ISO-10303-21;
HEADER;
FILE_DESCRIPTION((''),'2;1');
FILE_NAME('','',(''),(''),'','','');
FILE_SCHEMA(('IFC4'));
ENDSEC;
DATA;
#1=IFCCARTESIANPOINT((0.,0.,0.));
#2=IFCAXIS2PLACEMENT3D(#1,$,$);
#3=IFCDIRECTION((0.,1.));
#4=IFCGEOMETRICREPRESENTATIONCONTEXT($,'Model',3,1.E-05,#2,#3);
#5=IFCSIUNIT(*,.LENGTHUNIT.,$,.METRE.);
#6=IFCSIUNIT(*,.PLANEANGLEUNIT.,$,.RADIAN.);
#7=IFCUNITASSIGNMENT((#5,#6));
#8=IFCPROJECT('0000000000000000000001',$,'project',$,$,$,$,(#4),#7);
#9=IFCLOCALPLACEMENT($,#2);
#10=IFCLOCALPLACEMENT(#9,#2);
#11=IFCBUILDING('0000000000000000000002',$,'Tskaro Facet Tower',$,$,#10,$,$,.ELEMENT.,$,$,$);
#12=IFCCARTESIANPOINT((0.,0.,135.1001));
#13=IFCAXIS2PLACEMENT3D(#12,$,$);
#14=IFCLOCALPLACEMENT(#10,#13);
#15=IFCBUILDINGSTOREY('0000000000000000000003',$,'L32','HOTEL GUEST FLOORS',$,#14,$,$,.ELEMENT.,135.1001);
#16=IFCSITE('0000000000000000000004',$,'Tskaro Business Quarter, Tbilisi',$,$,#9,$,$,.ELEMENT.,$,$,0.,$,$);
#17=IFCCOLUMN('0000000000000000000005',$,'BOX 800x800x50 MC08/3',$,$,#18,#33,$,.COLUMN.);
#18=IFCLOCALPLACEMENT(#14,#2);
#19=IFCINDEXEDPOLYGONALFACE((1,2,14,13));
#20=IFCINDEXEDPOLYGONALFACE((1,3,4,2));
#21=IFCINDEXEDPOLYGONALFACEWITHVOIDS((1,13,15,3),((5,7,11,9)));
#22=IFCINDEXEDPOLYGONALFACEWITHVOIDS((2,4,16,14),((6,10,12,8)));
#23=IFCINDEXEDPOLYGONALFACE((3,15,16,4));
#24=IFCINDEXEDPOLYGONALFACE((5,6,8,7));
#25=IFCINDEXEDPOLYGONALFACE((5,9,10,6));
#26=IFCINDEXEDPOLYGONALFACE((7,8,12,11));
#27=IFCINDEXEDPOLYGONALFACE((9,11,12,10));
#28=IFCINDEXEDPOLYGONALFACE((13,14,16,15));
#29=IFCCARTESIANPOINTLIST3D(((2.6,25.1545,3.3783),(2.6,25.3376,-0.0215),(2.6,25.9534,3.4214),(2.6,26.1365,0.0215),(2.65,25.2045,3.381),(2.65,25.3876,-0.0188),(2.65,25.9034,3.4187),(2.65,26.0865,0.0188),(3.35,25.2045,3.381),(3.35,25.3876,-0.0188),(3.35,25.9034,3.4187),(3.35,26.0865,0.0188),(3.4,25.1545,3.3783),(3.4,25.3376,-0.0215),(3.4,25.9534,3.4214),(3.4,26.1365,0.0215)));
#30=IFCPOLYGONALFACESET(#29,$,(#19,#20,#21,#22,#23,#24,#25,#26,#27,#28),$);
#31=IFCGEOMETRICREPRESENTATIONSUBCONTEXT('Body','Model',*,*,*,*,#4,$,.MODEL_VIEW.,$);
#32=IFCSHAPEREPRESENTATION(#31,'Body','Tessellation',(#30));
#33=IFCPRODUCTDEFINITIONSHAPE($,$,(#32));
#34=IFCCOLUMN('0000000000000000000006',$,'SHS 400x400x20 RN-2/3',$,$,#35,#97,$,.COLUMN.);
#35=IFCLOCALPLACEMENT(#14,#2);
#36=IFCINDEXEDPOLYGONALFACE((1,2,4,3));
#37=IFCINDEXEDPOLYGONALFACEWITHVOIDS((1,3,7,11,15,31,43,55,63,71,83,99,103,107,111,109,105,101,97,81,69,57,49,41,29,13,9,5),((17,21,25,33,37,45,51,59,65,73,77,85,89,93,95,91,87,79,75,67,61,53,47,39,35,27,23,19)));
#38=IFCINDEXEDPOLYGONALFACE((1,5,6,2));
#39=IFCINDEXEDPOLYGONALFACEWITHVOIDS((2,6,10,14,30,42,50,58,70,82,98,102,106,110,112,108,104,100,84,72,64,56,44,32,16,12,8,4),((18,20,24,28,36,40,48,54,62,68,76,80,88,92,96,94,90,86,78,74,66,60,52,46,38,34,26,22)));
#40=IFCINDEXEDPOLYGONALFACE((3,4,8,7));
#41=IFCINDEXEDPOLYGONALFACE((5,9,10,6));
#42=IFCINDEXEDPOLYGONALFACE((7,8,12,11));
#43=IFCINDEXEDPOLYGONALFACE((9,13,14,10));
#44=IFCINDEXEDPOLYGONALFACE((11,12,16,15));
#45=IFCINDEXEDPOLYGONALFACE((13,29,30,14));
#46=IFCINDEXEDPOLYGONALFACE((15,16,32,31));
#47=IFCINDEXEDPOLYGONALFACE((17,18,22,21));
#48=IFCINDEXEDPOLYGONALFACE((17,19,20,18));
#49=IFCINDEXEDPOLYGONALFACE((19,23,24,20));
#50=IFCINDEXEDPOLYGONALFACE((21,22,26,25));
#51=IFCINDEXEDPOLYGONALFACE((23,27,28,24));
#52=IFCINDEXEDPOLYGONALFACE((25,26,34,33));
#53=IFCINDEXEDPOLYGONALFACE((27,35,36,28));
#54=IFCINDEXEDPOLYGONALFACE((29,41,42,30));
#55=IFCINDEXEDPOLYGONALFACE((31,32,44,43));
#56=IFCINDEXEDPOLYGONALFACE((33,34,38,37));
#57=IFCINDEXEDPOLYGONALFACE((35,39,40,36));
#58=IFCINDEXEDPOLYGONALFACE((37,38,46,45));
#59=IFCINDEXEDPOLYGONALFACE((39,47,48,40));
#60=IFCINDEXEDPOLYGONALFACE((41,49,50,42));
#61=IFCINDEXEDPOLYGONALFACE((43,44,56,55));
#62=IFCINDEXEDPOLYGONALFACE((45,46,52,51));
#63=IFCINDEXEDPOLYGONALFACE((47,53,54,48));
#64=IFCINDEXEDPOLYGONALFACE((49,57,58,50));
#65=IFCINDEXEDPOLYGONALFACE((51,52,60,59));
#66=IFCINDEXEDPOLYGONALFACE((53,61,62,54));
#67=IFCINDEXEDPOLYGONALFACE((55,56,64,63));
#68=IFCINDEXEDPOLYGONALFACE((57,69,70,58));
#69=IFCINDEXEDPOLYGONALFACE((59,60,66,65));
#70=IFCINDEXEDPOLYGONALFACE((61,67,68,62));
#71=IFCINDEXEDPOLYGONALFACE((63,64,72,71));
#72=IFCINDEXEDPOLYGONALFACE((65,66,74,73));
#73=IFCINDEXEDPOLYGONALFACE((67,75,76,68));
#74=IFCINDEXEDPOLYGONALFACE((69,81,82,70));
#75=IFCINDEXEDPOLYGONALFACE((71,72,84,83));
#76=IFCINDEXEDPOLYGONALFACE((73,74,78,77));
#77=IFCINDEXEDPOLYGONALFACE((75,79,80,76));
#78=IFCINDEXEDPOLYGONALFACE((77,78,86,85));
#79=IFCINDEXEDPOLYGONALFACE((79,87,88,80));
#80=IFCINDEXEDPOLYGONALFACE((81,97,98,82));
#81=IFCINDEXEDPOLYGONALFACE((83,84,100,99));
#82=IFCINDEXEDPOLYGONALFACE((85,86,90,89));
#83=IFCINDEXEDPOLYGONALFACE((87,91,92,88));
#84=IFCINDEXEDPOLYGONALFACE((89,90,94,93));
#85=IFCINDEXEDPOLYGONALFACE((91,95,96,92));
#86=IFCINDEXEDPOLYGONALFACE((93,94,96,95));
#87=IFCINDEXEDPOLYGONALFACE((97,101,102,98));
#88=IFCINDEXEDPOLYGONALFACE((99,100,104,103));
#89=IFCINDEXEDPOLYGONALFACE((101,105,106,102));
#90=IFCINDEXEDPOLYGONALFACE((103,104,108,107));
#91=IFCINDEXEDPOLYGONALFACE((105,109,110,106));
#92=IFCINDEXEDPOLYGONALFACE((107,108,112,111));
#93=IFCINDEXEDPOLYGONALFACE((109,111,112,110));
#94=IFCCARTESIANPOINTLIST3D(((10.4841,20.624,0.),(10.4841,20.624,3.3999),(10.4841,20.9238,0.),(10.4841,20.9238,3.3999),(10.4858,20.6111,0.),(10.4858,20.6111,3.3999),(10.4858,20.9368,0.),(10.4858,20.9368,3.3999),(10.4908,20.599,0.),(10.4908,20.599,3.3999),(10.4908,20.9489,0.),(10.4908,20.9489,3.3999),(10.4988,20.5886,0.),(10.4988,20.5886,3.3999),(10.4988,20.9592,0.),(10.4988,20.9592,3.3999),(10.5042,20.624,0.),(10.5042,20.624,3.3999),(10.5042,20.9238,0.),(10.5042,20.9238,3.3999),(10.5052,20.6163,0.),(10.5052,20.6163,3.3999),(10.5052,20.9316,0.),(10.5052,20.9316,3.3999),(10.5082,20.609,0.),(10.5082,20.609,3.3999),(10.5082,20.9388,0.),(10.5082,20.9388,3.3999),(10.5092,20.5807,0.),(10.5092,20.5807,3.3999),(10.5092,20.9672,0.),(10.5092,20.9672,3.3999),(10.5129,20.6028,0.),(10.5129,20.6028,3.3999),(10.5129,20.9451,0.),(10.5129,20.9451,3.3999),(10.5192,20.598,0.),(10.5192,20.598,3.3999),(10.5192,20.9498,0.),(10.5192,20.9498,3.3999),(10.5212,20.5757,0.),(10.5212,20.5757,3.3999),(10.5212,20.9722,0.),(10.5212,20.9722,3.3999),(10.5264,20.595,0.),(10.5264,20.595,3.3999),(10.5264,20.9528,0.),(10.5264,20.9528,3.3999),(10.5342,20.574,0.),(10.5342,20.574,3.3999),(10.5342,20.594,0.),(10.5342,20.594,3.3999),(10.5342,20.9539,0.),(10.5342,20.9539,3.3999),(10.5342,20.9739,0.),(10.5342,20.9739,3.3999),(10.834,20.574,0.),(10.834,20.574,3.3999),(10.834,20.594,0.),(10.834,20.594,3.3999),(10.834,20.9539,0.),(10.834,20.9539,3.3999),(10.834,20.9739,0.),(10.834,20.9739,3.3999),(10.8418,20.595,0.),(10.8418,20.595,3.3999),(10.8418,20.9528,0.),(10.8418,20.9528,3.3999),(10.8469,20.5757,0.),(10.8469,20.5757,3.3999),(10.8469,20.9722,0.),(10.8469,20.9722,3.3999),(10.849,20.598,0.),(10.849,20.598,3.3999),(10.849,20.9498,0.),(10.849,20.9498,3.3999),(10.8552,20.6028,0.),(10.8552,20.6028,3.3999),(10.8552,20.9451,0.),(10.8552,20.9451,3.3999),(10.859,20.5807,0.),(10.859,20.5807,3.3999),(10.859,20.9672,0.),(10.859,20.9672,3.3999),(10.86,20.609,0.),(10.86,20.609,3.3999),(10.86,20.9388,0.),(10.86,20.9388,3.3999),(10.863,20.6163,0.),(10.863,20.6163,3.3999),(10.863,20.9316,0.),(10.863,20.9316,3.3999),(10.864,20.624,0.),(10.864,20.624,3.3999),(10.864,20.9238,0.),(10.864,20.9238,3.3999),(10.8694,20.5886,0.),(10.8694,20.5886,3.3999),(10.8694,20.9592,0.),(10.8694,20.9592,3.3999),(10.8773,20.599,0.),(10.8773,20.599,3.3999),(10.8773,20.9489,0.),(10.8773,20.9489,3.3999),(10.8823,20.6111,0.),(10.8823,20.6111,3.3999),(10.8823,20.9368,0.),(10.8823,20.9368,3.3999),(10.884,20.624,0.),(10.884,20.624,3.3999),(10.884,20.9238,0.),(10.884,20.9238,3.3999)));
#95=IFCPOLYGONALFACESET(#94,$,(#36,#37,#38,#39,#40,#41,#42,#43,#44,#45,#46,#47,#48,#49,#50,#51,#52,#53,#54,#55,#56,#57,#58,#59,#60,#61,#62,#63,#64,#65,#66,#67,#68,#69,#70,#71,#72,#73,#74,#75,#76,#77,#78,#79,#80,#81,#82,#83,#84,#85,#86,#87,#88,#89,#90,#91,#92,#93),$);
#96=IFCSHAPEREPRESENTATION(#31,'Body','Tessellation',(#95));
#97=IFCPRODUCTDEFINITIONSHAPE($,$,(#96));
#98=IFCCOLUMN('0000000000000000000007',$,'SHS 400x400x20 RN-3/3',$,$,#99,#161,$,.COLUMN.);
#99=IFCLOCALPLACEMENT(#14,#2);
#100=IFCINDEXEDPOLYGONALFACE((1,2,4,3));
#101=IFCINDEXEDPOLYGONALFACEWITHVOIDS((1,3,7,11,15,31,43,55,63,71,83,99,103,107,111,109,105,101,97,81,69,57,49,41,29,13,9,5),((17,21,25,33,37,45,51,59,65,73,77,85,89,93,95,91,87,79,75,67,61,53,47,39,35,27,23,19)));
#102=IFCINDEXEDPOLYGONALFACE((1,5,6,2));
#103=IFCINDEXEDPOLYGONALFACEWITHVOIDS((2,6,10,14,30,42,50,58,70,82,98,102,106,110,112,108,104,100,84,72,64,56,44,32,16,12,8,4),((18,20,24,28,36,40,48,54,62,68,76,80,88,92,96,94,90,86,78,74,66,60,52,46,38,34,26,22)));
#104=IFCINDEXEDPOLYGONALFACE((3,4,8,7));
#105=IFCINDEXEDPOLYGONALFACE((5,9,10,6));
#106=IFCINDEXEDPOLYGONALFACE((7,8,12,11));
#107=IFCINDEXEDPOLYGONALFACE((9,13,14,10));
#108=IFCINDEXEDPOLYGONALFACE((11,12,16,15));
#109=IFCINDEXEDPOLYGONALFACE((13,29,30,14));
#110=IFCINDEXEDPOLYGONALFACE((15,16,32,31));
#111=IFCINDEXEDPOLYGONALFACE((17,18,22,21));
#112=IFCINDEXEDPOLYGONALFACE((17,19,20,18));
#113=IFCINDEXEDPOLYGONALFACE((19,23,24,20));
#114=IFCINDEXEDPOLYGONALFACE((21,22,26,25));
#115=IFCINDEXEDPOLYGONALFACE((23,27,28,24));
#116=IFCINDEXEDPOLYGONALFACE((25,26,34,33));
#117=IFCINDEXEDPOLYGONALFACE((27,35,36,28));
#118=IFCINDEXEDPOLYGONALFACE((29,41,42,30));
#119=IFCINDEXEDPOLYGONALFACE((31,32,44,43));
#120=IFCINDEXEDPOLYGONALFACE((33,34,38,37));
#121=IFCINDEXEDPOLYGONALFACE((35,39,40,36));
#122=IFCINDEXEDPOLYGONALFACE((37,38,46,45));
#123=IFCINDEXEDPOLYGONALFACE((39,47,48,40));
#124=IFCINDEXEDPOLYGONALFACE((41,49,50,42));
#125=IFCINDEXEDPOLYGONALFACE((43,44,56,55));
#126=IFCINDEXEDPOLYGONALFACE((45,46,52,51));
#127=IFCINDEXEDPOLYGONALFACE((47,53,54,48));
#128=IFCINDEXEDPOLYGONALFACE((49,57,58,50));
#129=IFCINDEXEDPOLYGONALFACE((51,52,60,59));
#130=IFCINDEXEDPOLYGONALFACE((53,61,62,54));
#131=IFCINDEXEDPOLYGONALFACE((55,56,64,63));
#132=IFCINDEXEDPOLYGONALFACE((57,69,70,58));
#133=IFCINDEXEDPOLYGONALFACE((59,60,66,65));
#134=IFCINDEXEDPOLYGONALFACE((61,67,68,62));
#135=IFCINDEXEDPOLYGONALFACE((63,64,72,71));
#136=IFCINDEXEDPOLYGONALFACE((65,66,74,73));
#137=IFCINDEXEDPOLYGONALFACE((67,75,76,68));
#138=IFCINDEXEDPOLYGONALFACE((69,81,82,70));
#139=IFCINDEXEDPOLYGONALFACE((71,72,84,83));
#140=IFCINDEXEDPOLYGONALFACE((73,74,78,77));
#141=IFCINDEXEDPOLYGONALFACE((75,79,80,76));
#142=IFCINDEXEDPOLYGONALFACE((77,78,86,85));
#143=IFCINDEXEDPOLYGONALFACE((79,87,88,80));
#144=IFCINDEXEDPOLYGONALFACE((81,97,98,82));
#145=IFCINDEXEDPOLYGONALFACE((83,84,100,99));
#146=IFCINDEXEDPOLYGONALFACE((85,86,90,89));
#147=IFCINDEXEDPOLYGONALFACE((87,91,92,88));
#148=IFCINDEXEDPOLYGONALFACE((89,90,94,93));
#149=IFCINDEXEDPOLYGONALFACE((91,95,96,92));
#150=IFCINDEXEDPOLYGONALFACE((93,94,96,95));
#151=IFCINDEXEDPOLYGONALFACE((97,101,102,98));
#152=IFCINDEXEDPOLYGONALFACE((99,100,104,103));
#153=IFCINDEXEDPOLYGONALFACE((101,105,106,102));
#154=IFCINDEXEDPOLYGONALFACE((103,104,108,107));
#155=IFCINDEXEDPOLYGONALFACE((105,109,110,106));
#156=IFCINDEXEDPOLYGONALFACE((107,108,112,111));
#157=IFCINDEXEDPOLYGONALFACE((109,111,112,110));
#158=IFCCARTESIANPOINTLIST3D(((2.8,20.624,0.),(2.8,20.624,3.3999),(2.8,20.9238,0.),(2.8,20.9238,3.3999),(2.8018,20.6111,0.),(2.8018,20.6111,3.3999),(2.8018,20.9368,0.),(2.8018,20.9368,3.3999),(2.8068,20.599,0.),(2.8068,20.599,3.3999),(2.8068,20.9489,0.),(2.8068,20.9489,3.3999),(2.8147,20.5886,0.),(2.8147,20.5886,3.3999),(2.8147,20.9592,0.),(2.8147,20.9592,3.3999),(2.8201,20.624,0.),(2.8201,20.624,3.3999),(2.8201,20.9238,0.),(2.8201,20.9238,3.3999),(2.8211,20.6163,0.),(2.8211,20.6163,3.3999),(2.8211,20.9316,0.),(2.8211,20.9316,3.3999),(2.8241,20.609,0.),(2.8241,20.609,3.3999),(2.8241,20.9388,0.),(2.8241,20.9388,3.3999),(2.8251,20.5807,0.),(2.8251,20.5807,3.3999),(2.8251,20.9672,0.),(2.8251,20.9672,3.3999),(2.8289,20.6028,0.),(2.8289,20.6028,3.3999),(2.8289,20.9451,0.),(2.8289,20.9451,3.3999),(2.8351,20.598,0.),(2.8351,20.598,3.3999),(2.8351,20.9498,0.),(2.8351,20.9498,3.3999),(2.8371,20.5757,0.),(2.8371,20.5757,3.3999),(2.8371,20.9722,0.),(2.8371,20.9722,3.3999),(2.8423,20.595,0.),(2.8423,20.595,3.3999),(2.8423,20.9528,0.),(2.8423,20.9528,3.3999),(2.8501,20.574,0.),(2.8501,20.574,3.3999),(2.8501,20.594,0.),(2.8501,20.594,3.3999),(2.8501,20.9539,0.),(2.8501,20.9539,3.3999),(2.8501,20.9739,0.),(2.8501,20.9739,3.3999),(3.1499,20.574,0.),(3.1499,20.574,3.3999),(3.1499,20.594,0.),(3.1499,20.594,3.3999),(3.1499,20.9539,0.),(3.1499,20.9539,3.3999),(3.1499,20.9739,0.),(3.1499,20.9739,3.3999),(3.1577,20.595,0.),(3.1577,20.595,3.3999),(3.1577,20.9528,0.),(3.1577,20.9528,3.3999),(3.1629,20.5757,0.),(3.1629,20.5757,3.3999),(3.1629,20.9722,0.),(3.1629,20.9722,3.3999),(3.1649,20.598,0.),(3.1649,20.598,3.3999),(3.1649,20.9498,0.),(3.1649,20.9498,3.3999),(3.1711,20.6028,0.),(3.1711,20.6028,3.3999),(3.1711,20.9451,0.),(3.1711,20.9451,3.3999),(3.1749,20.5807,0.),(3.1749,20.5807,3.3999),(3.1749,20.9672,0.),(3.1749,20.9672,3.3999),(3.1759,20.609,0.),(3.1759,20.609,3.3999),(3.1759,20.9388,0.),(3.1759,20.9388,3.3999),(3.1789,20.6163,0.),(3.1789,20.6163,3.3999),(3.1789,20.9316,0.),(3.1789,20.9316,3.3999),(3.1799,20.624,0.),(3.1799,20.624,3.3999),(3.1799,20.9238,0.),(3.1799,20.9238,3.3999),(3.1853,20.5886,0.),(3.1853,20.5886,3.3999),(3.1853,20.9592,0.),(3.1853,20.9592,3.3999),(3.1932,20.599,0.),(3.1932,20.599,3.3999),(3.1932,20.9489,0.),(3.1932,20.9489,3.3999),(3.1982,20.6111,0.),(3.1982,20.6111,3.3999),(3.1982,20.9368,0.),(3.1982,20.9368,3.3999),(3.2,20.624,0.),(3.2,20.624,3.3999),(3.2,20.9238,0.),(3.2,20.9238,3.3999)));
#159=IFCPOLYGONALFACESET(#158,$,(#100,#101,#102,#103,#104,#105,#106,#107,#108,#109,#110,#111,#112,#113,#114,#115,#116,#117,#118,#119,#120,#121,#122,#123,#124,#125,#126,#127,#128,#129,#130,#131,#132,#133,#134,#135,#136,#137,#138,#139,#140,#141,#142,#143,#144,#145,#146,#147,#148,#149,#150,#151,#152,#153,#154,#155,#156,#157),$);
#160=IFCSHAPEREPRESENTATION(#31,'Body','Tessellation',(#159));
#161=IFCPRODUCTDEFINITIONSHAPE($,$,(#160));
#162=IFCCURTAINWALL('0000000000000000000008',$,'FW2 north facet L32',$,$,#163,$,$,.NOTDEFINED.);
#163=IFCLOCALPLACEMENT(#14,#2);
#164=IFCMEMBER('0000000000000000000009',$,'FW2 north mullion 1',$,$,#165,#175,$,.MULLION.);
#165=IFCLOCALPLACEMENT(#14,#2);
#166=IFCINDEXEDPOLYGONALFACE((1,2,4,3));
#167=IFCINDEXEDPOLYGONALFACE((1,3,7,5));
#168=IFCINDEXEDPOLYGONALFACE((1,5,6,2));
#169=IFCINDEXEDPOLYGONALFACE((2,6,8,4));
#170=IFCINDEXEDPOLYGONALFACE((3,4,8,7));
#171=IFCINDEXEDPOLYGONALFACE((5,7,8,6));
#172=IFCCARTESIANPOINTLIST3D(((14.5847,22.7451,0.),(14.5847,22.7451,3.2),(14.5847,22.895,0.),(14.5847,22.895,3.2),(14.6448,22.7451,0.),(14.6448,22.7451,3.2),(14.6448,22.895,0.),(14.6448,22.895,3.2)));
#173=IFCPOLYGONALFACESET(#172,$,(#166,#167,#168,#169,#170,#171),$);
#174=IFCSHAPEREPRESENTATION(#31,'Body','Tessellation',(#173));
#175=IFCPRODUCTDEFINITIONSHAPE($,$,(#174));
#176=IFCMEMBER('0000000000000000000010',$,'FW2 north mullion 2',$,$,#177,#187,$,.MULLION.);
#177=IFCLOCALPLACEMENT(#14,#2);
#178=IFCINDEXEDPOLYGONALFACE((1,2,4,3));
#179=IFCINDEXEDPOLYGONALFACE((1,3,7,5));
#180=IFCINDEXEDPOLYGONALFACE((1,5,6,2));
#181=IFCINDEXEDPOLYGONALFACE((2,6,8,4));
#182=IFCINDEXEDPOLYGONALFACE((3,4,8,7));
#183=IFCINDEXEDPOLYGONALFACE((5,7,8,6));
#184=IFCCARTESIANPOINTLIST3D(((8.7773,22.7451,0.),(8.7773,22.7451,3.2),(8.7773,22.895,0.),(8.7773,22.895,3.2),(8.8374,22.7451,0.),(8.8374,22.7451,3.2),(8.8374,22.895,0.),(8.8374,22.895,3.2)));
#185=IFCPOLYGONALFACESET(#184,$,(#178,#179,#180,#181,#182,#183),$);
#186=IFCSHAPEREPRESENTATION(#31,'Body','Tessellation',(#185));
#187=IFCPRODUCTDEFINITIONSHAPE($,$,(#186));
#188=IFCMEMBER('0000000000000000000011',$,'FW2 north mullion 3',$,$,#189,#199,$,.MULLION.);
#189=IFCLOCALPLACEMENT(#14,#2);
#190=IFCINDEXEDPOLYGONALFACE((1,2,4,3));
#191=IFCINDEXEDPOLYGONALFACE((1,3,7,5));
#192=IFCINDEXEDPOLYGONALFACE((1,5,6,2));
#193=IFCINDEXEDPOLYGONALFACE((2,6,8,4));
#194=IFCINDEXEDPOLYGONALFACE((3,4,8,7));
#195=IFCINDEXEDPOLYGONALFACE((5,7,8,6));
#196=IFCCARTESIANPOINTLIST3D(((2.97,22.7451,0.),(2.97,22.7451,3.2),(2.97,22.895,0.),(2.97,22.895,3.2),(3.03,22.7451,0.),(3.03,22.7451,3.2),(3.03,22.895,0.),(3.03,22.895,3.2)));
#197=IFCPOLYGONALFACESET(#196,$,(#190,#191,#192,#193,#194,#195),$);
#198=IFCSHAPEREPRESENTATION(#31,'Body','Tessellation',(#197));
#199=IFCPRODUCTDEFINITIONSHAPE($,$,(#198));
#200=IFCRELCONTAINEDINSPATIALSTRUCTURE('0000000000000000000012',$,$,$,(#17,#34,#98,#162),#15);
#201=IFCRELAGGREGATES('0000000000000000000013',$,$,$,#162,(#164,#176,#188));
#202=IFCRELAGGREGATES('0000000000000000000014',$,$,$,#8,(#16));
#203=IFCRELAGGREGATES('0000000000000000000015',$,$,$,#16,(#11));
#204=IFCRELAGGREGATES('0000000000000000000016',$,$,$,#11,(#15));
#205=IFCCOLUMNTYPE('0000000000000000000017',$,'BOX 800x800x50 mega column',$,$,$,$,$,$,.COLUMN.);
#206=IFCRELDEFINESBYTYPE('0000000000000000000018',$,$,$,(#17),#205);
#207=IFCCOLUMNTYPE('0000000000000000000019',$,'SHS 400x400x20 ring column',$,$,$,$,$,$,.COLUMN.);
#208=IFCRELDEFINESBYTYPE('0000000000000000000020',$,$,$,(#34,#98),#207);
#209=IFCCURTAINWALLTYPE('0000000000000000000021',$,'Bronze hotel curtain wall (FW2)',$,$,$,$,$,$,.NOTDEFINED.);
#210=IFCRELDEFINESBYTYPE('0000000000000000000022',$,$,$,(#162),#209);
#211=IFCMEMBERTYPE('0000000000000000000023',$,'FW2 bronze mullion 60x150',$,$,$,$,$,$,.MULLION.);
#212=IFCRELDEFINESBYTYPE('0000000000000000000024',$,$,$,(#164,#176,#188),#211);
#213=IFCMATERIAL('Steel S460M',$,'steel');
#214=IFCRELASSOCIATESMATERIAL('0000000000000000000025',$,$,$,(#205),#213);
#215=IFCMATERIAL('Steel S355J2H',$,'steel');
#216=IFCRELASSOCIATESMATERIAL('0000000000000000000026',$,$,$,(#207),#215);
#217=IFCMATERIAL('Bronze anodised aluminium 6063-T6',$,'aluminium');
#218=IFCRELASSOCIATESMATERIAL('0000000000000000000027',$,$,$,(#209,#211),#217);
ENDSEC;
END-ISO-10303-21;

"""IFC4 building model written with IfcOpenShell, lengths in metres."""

from ifc_helpers import new_model, si_unit, direction, frame, origin, origin_2d, place, context, subcontext, project, spatial, rectangle, hollow_rectangle, extrude, material, material_profile, profile_set, type_object, element, aggregate, save


model = new_model("IFC4")

# Units and contexts
model_context = context("Model", 3, precision=1e-05, world=origin(), true_north=direction((0.0, 1.0)))
body_context = subcontext(model_context, "Body", "Model", "MODEL_VIEW")
ifc_project = project(units=[si_unit("LENGTHUNIT", "METRE"), si_unit("PLANEANGLEUNIT", "RADIAN")], contexts=[model_context])

# Site, building, storey
site_placement = place(None, origin())
site = spatial("IfcSite", under=ifc_project, at=site_placement, Name="Tskaro Business Quarter, Tbilisi", CompositionType="ELEMENT", RefElevation=0.0)
building_placement = place(site_placement, origin())
building = spatial("IfcBuilding", under=site, at=building_placement, Name="Tskaro Facet Tower", CompositionType="ELEMENT")
storey_placement = place(building_placement, frame((0.0, 0.0, 135.1001)))
storey = spatial("IfcBuildingStorey", under=building, at=storey_placement, Name="L32", Description="HOTEL GUEST FLOORS", CompositionType="ELEMENT", Elevation=135.1001)

# Columns
ifc_material_1 = material(Name="Steel S460M", Category="steel")
ifc_material_profile_1 = material_profile(ifc_material_1, hollow_rectangle(XDim=0.8, YDim=0.8, WallThickness=0.05, at=origin_2d()), Name="BOX 800x800x50")
ifc_profile_set_1 = profile_set([ifc_material_profile_1], Name="Steel S460M")
column_type_1 = type_object("IfcColumnType", Name="BOX 800x800x50 mega column", PredefinedType="COLUMN", material=ifc_profile_set_1)
column_placement = place(storey_placement, frame((3.0, 25.7371, 0.0), z_axis=(0.0, -0.053778, 0.998553), x_axis=(1.0, 0.0, 0.0)))
element("IfcColumn", 1, at=column_placement, inside=storey, type_object=column_type_1, Name="BOX 800x800x50 MC08/3", PredefinedType="COLUMN", context=body_context, shape_type="SweptSolid", body=[
    extrude(hollow_rectangle(XDim=0.8, YDim=0.8, WallThickness=0.05, at=origin_2d()), origin(), (0.0, 0.0, 1.0), 3.4048),
])
ifc_material_2 = material(Name="Steel S355J2H", Category="steel")
ifc_material_profile_2 = material_profile(ifc_material_2, hollow_rectangle(XDim=0.3999, YDim=0.3999, WallThickness=0.02, InnerFilletRadius=0.03, OuterFilletRadius=0.05, at=origin_2d()), Name="SHS 400x400x20")
ifc_profile_set_2 = profile_set([ifc_material_profile_2], Name="Steel S355J2H")
column_type_2 = type_object("IfcColumnType", Name="SHS 400x400x20 ring column", PredefinedType="COLUMN", material=ifc_profile_set_2)
for number, where, z_axis, x_axis, name in (
    (2, (10.6841, 20.7739, 0.0), (0.0, 0.0, 1.0), (1.0, 0.0, 0.0), "SHS 400x400x20 RN-2/3"),
    (3, (3.0, 20.7739, 0.0), (0.0, 0.0, 1.0), (1.0, 0.0, 0.0), "SHS 400x400x20 RN-3/3"),
):
    element("IfcColumn", number, at=place(storey_placement, frame(where, z_axis=z_axis, x_axis=x_axis)), inside=storey, type_object=column_type_2, Name=name, PredefinedType="COLUMN", context=body_context, shape_type="SweptSolid", body=[
        extrude(hollow_rectangle(XDim=0.3999, YDim=0.3999, WallThickness=0.02, InnerFilletRadius=0.03, OuterFilletRadius=0.05, at=origin_2d()), origin(), (0.0, 0.0, 1.0), 3.3999),
    ])

# Curtain wall, members
ifc_material_3 = material(Name="Bronze anodised aluminium 6063-T6", Category="aluminium")
curtain_wall_type = type_object("IfcCurtainWallType", Name="Bronze hotel curtain wall (FW2)", PredefinedType="NOTDEFINED", material=ifc_material_3)
curtain_wall_placement = place(storey_placement, origin())
curtain_wall = element("IfcCurtainWall", 4, at=curtain_wall_placement, inside=storey, type_object=curtain_wall_type, Name="FW2 north facet L32", PredefinedType="NOTDEFINED")
ifc_material_profile_3 = material_profile(ifc_material_3, rectangle(XDim=0.0601, YDim=0.1499, at=origin_2d()), Name="Mullion 60x150")
ifc_profile_set_3 = profile_set([ifc_material_profile_3], Name="Bronze anodised aluminium 6063-T6")
member_type_1 = type_object("IfcMemberType", Name="FW2 bronze mullion 60x150", PredefinedType="MULLION", material=ifc_profile_set_3)
member_1_placement = place(storey_placement, frame((14.6147, 22.8201, 0.0), z_axis=(0.0, 0.0, 1.0), x_axis=(-1.0, 0.0, 0.0)))
member_1 = element("IfcMember", 5, at=member_1_placement, type_object=member_type_1, Name="FW2 north mullion 1", PredefinedType="MULLION", context=body_context, shape_type="SweptSolid", body=[
    extrude(rectangle(XDim=0.0601, YDim=0.1499, at=origin_2d()), origin(), (0.0, 0.0, 1.0), 3.2),
])
member_2_placement = place(storey_placement, frame((8.8074, 22.8201, 0.0), z_axis=(0.0, 0.0, 1.0), x_axis=(-1.0, 0.0, 0.0)))
member_2 = element("IfcMember", 6, at=member_2_placement, type_object=member_type_1, Name="FW2 north mullion 2", PredefinedType="MULLION", context=body_context, shape_type="SweptSolid", body=[
    extrude(rectangle(XDim=0.0601, YDim=0.1499, at=origin_2d()), origin(), (0.0, 0.0, 1.0), 3.2),
])
member_3_placement = place(storey_placement, frame((3.0, 22.8201, 0.0), z_axis=(0.0, 0.0, 1.0), x_axis=(-1.0, 0.0, 0.0)))
member_3 = element("IfcMember", 7, at=member_3_placement, type_object=member_type_1, Name="FW2 north mullion 3", PredefinedType="MULLION", context=body_context, shape_type="SweptSolid", body=[
    extrude(rectangle(XDim=0.0601, YDim=0.1499, at=origin_2d()), origin(), (0.0, 0.0, 1.0), 3.2),
])

aggregate(curtain_wall, [member_1, member_2, member_3])

save(model, "model.ifc")
